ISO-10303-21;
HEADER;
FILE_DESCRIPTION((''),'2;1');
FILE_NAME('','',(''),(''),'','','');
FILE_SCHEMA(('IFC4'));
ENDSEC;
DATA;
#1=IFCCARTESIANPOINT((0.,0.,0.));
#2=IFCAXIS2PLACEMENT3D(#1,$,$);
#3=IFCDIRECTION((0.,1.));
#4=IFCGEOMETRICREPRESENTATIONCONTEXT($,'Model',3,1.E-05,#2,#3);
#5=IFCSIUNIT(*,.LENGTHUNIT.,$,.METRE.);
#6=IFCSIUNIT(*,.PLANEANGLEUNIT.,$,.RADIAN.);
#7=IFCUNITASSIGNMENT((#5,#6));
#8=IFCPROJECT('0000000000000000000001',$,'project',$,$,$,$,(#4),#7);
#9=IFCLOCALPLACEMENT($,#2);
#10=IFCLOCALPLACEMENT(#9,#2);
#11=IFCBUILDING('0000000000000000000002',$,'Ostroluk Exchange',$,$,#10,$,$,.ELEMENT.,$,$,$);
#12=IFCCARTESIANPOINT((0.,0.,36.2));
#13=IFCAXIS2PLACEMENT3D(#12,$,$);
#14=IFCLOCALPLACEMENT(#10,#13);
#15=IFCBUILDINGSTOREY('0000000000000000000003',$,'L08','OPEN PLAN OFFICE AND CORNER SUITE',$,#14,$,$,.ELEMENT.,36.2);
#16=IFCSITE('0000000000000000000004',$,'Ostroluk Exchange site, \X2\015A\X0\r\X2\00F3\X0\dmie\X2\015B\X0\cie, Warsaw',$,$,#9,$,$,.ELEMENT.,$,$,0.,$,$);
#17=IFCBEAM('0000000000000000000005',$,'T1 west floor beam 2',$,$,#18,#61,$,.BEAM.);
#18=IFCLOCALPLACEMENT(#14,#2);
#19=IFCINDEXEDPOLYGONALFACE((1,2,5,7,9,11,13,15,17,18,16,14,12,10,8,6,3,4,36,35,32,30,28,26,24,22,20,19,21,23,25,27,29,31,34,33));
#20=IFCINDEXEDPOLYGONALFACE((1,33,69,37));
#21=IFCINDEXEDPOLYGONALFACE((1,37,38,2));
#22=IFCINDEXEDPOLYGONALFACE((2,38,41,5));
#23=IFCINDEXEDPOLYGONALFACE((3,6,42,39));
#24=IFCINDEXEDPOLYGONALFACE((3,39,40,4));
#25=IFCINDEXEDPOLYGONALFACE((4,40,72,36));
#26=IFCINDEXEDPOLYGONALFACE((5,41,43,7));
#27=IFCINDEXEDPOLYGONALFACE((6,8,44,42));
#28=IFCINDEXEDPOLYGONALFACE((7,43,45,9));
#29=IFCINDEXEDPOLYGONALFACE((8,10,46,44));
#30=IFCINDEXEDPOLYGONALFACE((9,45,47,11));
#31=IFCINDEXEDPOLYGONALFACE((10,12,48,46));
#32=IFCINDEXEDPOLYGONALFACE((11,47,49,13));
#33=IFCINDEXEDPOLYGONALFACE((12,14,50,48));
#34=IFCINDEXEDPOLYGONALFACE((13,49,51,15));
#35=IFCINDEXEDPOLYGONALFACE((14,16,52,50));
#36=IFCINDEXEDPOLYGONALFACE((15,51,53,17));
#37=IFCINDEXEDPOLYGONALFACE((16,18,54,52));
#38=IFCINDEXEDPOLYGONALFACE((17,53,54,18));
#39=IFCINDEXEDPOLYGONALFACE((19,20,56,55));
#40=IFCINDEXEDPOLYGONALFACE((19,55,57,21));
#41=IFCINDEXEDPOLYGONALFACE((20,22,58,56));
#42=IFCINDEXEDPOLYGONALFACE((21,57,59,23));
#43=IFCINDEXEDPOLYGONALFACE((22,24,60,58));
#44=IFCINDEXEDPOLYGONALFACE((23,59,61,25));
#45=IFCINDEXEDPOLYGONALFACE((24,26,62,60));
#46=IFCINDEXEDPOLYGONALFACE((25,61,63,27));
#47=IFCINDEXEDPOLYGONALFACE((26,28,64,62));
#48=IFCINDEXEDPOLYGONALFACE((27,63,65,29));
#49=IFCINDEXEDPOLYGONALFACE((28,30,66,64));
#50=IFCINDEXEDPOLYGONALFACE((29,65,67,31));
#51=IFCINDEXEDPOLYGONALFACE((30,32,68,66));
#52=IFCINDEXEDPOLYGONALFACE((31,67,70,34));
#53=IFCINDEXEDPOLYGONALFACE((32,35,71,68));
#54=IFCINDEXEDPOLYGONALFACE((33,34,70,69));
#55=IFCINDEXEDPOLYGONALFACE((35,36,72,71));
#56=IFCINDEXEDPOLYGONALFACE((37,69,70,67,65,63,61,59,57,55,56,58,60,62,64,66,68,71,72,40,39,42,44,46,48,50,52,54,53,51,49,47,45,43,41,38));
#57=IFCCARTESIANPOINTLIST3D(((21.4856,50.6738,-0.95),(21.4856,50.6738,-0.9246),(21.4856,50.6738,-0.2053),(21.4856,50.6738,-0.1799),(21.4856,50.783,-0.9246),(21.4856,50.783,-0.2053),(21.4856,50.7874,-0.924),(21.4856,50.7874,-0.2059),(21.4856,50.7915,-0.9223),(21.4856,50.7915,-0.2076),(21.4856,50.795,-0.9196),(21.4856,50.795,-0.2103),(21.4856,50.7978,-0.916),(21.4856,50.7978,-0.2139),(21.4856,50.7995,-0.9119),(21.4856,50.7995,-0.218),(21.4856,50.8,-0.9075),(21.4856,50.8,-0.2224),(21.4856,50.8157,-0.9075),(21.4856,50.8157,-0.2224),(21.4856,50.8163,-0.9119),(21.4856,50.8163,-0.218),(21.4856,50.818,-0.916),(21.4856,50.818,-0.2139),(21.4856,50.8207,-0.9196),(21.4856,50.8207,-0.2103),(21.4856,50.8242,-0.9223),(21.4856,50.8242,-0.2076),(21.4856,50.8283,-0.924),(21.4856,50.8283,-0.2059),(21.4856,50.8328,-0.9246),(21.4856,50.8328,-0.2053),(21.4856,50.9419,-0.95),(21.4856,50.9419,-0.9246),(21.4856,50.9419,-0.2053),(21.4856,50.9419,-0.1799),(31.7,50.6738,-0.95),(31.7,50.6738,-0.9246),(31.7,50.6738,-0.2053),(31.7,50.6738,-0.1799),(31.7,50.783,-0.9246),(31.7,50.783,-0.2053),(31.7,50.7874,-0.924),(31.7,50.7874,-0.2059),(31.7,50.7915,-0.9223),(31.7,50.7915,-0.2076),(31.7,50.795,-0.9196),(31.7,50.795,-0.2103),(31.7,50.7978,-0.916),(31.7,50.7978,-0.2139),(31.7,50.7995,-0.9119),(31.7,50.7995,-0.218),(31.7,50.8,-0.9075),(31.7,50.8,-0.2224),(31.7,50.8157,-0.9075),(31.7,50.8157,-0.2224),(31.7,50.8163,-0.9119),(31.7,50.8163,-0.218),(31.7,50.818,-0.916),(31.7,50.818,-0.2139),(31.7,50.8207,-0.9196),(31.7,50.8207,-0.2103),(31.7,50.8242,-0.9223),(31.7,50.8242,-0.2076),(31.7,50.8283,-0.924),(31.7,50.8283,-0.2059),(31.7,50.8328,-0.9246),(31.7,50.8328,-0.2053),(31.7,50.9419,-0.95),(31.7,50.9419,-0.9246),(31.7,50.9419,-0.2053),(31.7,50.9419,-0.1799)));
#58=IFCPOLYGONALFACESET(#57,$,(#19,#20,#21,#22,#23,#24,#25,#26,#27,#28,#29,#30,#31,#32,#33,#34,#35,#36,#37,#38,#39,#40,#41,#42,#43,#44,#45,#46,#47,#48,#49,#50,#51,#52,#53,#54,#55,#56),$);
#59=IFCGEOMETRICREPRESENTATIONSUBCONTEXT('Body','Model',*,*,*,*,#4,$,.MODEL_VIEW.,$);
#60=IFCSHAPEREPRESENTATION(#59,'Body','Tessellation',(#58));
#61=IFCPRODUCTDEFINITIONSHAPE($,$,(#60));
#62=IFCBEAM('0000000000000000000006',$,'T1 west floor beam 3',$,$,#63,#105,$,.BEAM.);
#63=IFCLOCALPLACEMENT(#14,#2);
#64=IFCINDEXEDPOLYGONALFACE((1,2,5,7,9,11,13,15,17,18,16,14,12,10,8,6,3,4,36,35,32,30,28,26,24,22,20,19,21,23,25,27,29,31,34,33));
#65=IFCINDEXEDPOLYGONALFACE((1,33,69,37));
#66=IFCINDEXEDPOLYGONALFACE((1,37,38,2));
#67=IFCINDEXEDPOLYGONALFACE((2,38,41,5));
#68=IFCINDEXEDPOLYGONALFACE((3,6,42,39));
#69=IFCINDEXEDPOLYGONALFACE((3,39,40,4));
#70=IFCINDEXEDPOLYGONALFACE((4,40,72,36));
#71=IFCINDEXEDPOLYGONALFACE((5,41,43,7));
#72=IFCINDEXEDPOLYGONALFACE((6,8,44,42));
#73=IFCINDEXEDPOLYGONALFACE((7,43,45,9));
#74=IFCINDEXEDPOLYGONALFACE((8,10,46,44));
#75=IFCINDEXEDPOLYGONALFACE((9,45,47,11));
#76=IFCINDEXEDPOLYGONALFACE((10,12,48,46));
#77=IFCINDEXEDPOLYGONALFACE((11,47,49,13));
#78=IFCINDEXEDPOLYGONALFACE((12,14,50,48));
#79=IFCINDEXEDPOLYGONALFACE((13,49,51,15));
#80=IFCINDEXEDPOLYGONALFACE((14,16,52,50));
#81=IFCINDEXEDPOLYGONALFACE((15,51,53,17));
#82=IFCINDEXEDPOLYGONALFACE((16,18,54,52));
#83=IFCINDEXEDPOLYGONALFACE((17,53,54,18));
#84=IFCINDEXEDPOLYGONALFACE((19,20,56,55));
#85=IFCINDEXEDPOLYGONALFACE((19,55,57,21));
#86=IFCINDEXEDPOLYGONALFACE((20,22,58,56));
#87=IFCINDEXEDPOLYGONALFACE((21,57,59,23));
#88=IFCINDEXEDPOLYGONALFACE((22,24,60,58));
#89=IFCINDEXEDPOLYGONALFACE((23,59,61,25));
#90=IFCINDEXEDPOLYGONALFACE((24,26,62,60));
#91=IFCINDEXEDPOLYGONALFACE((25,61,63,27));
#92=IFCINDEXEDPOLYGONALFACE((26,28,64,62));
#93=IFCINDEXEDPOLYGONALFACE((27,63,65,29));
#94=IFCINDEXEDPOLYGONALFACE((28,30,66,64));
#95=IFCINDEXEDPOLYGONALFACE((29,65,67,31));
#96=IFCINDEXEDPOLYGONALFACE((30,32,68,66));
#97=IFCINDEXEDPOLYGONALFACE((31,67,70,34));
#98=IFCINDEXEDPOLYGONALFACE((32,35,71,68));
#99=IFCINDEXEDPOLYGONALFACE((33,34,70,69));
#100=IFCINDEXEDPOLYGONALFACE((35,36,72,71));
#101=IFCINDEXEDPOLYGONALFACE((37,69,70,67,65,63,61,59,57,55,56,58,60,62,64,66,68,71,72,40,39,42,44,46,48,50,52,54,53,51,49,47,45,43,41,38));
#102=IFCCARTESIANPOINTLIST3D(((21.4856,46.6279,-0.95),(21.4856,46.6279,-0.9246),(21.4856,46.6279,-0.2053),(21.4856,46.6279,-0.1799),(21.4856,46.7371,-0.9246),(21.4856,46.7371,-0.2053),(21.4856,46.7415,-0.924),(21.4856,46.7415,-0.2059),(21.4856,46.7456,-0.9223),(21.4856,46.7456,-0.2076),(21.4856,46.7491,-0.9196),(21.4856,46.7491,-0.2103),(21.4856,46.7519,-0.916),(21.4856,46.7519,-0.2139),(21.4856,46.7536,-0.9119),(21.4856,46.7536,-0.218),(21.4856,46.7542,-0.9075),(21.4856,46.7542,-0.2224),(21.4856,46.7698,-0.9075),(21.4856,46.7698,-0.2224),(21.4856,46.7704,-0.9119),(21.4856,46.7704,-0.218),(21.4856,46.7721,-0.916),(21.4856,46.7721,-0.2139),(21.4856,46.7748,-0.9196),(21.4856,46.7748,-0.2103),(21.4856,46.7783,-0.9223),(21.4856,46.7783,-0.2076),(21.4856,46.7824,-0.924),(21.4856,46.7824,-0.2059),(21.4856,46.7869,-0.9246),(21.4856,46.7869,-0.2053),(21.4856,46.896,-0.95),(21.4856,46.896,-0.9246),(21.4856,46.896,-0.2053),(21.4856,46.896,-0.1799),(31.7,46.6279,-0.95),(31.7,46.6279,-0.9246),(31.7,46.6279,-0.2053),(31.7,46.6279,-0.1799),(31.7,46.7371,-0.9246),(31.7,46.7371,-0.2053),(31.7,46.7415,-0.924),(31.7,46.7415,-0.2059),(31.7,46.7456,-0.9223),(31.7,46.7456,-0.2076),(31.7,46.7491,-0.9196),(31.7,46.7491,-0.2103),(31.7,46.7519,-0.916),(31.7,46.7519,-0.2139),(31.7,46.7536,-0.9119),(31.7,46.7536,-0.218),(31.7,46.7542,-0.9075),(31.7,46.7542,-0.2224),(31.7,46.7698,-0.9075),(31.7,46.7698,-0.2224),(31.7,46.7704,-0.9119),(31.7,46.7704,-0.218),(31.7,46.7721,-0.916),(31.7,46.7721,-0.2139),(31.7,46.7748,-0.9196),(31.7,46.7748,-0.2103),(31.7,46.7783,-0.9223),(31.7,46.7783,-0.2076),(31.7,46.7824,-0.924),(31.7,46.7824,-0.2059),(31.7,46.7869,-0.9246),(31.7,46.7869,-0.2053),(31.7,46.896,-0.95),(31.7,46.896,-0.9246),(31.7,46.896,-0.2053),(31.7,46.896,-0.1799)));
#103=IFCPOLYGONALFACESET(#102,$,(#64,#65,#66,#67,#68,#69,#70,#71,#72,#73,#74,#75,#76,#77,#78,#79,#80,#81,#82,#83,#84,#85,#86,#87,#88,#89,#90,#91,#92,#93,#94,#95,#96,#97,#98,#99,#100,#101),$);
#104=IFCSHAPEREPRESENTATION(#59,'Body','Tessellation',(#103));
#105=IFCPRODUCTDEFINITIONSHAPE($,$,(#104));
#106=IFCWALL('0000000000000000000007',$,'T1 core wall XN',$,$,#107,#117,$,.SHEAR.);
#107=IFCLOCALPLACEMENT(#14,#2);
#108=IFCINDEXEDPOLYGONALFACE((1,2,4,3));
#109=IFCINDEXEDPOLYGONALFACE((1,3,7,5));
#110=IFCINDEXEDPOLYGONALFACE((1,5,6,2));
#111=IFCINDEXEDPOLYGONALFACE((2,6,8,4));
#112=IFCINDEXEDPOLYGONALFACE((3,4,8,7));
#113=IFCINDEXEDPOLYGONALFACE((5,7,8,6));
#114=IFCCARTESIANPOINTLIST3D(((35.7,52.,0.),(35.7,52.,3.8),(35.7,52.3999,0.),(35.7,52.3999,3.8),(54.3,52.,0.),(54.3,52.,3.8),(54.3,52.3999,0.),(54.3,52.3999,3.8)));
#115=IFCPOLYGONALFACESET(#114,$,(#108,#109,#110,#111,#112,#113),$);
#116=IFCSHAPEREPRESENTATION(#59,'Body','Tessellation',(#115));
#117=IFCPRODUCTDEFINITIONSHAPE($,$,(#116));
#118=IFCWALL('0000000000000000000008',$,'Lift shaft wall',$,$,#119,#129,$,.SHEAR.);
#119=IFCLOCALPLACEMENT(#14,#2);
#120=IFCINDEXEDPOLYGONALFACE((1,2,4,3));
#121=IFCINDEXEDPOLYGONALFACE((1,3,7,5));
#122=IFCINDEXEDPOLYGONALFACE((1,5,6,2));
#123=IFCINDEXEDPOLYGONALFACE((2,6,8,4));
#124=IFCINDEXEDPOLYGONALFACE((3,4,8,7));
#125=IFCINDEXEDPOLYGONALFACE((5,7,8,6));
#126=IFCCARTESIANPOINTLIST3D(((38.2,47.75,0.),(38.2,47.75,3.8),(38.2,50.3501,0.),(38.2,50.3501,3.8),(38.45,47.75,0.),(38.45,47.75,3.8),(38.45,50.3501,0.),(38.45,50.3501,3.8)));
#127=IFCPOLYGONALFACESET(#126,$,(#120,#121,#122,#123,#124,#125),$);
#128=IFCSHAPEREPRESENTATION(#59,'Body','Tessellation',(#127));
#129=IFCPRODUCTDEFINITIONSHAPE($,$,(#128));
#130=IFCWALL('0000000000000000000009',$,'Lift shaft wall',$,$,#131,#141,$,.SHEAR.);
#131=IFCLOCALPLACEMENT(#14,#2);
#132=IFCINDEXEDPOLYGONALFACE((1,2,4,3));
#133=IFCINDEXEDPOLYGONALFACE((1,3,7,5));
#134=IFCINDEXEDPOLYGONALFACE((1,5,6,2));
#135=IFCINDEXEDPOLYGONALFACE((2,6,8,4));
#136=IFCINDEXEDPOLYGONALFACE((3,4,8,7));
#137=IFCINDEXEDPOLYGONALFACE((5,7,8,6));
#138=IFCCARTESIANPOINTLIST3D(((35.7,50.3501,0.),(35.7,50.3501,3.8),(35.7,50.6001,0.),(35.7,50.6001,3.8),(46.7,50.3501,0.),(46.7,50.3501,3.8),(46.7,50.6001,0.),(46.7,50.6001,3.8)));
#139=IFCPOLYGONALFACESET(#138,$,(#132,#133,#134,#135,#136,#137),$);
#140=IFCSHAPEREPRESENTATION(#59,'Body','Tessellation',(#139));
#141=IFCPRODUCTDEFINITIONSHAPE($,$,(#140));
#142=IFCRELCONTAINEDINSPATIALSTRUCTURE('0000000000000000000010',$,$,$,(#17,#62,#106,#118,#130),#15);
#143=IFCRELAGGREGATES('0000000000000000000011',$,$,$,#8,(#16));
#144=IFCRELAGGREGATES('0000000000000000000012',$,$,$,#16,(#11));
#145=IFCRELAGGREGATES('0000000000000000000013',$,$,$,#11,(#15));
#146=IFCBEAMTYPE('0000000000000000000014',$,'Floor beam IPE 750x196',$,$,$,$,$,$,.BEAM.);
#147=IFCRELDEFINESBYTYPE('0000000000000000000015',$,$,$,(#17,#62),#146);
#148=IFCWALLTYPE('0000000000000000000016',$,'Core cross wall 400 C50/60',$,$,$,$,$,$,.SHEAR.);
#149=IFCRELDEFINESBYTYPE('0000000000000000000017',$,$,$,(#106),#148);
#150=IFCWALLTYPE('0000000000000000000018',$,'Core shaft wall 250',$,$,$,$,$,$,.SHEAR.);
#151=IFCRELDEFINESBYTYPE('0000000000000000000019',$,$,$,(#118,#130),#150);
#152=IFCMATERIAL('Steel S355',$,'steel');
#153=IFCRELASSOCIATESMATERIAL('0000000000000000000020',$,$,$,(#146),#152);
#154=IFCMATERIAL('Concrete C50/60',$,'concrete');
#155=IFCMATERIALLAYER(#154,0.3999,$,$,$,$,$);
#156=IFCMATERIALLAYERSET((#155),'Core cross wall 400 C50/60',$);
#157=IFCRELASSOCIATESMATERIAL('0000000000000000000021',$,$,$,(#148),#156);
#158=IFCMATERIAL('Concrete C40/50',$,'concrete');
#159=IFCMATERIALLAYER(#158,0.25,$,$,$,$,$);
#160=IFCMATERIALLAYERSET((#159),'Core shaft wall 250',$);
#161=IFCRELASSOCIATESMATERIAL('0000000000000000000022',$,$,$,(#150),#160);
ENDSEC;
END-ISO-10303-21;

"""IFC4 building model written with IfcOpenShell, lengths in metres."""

from ifc_helpers import new_model, si_unit, direction, frame, frame_2d, origin, origin_2d, place, context, subcontext, project, spatial, rectangle, i_section, extrude, material, layer, layer_set, material_profile, profile_set, type_object, element, save


model = new_model("IFC4")

# Units and contexts
model_context = context("Model", 3, precision=1e-05, world=origin(), true_north=direction((0.0, 1.0)))
body_context = subcontext(model_context, "Body", "Model", "MODEL_VIEW")
ifc_project = project(units=[si_unit("LENGTHUNIT", "METRE"), si_unit("PLANEANGLEUNIT", "RADIAN")], contexts=[model_context])

# Site, building, storey
site_placement = place(None, origin())
site = spatial("IfcSite", under=ifc_project, at=site_placement, Name="Ostroluk Exchange site, Śródmieście, Warsaw", CompositionType="ELEMENT", RefElevation=0.0)
building_placement = place(site_placement, origin())
building = spatial("IfcBuilding", under=site, at=building_placement, Name="Ostroluk Exchange", CompositionType="ELEMENT")
storey_placement = place(building_placement, frame((0.0, 0.0, 36.2)))
storey = spatial("IfcBuildingStorey", under=building, at=storey_placement, Name="L08", Description="OPEN PLAN OFFICE AND CORNER SUITE", CompositionType="ELEMENT", Elevation=36.2)

# Beams
ifc_material_1 = material(Name="Steel S355", Category="steel")
ifc_material_profile = material_profile(ifc_material_1, i_section(OverallWidth=0.2681, OverallDepth=0.77, WebThickness=0.0156, FlangeThickness=0.0254, FilletRadius=0.0171, at=origin_2d()), Name="IPE 750x196")
ifc_profile_set = profile_set([ifc_material_profile], Name="Steel S355")
beam_type = type_object("IfcBeamType", Name="Floor beam IPE 750x196", PredefinedType="BEAM", material=ifc_profile_set)
for number, where, z_axis, x_axis, name in (
    (1, (31.7, 50.8079, -0.5649), (-1.0, 0.0, 0.0), (0.0, -1.0, 0.0), "T1 west floor beam 2"),
    (2, (31.7, 46.762, -0.5649), (-1.0, 0.0, 0.0), (0.0, -1.0, 0.0), "T1 west floor beam 3"),
):
    element("IfcBeam", number, at=place(storey_placement, frame(where, z_axis=z_axis, x_axis=x_axis)), inside=storey, type_object=beam_type, Name=name, PredefinedType="BEAM", context=body_context, shape_type="SweptSolid", body=[
        extrude(i_section(OverallWidth=0.2681, OverallDepth=0.77, WebThickness=0.0156, FlangeThickness=0.0254, FilletRadius=0.0171, at=origin_2d()), origin(), (0.0, 0.0, 1.0), 10.2144),
    ])

# Walls
ifc_material_2 = material(Name="Concrete C50/60", Category="concrete")
ifc_layer_1 = layer(ifc_material_2, 0.3999)
ifc_layer_set_1 = layer_set([ifc_layer_1], Name="Core cross wall 400 C50/60")
wall_type_1 = type_object("IfcWallType", Name="Core cross wall 400 C50/60", PredefinedType="SHEAR", material=ifc_layer_set_1)
wall_1_placement = place(storey_placement, frame((35.7, 52.2, 0.0), z_axis=(0.0, 0.0, 1.0), x_axis=(1.0, 0.0, 0.0)))
element("IfcWall", 3, at=wall_1_placement, inside=storey, type_object=wall_type_1, Name="T1 core wall XN", PredefinedType="SHEAR", context=body_context, shape_type="SweptSolid", body=[
    extrude(rectangle(XDim=18.6001, YDim=0.3999, at=frame_2d((9.3, 0.0))), origin(), (0.0, 0.0, 1.0), 3.8),
])
ifc_material_3 = material(Name="Concrete C40/50", Category="concrete")
ifc_layer_2 = layer(ifc_material_3, 0.25)
ifc_layer_set_2 = layer_set([ifc_layer_2], Name="Core shaft wall 250")
wall_type_2 = type_object("IfcWallType", Name="Core shaft wall 250", PredefinedType="SHEAR", material=ifc_layer_set_2)
wall_2_placement = place(storey_placement, frame((38.325, 47.75, 0.0), z_axis=(0.0, 0.0, 1.0), x_axis=(0.0, 1.0, 0.0)))
element("IfcWall", 4, at=wall_2_placement, inside=storey, type_object=wall_type_2, Name="Lift shaft wall", PredefinedType="SHEAR", context=body_context, shape_type="SweptSolid", body=[
    extrude(rectangle(XDim=2.6001, YDim=0.25, at=frame_2d((1.3, 0.0))), origin(), (0.0, 0.0, 1.0), 3.8),
])
wall_3_placement = place(storey_placement, frame((35.7, 50.4751, 0.0), z_axis=(0.0, 0.0, 1.0), x_axis=(1.0, 0.0, 0.0)))
element("IfcWall", 5, at=wall_3_placement, inside=storey, type_object=wall_type_2, Name="Lift shaft wall", PredefinedType="SHEAR", context=body_context, shape_type="SweptSolid", body=[
    extrude(rectangle(XDim=11.0, YDim=0.25, at=frame_2d((5.5, 0.0))), origin(), (0.0, 0.0, 1.0), 3.8),
])

save(model, "model.ifc")
